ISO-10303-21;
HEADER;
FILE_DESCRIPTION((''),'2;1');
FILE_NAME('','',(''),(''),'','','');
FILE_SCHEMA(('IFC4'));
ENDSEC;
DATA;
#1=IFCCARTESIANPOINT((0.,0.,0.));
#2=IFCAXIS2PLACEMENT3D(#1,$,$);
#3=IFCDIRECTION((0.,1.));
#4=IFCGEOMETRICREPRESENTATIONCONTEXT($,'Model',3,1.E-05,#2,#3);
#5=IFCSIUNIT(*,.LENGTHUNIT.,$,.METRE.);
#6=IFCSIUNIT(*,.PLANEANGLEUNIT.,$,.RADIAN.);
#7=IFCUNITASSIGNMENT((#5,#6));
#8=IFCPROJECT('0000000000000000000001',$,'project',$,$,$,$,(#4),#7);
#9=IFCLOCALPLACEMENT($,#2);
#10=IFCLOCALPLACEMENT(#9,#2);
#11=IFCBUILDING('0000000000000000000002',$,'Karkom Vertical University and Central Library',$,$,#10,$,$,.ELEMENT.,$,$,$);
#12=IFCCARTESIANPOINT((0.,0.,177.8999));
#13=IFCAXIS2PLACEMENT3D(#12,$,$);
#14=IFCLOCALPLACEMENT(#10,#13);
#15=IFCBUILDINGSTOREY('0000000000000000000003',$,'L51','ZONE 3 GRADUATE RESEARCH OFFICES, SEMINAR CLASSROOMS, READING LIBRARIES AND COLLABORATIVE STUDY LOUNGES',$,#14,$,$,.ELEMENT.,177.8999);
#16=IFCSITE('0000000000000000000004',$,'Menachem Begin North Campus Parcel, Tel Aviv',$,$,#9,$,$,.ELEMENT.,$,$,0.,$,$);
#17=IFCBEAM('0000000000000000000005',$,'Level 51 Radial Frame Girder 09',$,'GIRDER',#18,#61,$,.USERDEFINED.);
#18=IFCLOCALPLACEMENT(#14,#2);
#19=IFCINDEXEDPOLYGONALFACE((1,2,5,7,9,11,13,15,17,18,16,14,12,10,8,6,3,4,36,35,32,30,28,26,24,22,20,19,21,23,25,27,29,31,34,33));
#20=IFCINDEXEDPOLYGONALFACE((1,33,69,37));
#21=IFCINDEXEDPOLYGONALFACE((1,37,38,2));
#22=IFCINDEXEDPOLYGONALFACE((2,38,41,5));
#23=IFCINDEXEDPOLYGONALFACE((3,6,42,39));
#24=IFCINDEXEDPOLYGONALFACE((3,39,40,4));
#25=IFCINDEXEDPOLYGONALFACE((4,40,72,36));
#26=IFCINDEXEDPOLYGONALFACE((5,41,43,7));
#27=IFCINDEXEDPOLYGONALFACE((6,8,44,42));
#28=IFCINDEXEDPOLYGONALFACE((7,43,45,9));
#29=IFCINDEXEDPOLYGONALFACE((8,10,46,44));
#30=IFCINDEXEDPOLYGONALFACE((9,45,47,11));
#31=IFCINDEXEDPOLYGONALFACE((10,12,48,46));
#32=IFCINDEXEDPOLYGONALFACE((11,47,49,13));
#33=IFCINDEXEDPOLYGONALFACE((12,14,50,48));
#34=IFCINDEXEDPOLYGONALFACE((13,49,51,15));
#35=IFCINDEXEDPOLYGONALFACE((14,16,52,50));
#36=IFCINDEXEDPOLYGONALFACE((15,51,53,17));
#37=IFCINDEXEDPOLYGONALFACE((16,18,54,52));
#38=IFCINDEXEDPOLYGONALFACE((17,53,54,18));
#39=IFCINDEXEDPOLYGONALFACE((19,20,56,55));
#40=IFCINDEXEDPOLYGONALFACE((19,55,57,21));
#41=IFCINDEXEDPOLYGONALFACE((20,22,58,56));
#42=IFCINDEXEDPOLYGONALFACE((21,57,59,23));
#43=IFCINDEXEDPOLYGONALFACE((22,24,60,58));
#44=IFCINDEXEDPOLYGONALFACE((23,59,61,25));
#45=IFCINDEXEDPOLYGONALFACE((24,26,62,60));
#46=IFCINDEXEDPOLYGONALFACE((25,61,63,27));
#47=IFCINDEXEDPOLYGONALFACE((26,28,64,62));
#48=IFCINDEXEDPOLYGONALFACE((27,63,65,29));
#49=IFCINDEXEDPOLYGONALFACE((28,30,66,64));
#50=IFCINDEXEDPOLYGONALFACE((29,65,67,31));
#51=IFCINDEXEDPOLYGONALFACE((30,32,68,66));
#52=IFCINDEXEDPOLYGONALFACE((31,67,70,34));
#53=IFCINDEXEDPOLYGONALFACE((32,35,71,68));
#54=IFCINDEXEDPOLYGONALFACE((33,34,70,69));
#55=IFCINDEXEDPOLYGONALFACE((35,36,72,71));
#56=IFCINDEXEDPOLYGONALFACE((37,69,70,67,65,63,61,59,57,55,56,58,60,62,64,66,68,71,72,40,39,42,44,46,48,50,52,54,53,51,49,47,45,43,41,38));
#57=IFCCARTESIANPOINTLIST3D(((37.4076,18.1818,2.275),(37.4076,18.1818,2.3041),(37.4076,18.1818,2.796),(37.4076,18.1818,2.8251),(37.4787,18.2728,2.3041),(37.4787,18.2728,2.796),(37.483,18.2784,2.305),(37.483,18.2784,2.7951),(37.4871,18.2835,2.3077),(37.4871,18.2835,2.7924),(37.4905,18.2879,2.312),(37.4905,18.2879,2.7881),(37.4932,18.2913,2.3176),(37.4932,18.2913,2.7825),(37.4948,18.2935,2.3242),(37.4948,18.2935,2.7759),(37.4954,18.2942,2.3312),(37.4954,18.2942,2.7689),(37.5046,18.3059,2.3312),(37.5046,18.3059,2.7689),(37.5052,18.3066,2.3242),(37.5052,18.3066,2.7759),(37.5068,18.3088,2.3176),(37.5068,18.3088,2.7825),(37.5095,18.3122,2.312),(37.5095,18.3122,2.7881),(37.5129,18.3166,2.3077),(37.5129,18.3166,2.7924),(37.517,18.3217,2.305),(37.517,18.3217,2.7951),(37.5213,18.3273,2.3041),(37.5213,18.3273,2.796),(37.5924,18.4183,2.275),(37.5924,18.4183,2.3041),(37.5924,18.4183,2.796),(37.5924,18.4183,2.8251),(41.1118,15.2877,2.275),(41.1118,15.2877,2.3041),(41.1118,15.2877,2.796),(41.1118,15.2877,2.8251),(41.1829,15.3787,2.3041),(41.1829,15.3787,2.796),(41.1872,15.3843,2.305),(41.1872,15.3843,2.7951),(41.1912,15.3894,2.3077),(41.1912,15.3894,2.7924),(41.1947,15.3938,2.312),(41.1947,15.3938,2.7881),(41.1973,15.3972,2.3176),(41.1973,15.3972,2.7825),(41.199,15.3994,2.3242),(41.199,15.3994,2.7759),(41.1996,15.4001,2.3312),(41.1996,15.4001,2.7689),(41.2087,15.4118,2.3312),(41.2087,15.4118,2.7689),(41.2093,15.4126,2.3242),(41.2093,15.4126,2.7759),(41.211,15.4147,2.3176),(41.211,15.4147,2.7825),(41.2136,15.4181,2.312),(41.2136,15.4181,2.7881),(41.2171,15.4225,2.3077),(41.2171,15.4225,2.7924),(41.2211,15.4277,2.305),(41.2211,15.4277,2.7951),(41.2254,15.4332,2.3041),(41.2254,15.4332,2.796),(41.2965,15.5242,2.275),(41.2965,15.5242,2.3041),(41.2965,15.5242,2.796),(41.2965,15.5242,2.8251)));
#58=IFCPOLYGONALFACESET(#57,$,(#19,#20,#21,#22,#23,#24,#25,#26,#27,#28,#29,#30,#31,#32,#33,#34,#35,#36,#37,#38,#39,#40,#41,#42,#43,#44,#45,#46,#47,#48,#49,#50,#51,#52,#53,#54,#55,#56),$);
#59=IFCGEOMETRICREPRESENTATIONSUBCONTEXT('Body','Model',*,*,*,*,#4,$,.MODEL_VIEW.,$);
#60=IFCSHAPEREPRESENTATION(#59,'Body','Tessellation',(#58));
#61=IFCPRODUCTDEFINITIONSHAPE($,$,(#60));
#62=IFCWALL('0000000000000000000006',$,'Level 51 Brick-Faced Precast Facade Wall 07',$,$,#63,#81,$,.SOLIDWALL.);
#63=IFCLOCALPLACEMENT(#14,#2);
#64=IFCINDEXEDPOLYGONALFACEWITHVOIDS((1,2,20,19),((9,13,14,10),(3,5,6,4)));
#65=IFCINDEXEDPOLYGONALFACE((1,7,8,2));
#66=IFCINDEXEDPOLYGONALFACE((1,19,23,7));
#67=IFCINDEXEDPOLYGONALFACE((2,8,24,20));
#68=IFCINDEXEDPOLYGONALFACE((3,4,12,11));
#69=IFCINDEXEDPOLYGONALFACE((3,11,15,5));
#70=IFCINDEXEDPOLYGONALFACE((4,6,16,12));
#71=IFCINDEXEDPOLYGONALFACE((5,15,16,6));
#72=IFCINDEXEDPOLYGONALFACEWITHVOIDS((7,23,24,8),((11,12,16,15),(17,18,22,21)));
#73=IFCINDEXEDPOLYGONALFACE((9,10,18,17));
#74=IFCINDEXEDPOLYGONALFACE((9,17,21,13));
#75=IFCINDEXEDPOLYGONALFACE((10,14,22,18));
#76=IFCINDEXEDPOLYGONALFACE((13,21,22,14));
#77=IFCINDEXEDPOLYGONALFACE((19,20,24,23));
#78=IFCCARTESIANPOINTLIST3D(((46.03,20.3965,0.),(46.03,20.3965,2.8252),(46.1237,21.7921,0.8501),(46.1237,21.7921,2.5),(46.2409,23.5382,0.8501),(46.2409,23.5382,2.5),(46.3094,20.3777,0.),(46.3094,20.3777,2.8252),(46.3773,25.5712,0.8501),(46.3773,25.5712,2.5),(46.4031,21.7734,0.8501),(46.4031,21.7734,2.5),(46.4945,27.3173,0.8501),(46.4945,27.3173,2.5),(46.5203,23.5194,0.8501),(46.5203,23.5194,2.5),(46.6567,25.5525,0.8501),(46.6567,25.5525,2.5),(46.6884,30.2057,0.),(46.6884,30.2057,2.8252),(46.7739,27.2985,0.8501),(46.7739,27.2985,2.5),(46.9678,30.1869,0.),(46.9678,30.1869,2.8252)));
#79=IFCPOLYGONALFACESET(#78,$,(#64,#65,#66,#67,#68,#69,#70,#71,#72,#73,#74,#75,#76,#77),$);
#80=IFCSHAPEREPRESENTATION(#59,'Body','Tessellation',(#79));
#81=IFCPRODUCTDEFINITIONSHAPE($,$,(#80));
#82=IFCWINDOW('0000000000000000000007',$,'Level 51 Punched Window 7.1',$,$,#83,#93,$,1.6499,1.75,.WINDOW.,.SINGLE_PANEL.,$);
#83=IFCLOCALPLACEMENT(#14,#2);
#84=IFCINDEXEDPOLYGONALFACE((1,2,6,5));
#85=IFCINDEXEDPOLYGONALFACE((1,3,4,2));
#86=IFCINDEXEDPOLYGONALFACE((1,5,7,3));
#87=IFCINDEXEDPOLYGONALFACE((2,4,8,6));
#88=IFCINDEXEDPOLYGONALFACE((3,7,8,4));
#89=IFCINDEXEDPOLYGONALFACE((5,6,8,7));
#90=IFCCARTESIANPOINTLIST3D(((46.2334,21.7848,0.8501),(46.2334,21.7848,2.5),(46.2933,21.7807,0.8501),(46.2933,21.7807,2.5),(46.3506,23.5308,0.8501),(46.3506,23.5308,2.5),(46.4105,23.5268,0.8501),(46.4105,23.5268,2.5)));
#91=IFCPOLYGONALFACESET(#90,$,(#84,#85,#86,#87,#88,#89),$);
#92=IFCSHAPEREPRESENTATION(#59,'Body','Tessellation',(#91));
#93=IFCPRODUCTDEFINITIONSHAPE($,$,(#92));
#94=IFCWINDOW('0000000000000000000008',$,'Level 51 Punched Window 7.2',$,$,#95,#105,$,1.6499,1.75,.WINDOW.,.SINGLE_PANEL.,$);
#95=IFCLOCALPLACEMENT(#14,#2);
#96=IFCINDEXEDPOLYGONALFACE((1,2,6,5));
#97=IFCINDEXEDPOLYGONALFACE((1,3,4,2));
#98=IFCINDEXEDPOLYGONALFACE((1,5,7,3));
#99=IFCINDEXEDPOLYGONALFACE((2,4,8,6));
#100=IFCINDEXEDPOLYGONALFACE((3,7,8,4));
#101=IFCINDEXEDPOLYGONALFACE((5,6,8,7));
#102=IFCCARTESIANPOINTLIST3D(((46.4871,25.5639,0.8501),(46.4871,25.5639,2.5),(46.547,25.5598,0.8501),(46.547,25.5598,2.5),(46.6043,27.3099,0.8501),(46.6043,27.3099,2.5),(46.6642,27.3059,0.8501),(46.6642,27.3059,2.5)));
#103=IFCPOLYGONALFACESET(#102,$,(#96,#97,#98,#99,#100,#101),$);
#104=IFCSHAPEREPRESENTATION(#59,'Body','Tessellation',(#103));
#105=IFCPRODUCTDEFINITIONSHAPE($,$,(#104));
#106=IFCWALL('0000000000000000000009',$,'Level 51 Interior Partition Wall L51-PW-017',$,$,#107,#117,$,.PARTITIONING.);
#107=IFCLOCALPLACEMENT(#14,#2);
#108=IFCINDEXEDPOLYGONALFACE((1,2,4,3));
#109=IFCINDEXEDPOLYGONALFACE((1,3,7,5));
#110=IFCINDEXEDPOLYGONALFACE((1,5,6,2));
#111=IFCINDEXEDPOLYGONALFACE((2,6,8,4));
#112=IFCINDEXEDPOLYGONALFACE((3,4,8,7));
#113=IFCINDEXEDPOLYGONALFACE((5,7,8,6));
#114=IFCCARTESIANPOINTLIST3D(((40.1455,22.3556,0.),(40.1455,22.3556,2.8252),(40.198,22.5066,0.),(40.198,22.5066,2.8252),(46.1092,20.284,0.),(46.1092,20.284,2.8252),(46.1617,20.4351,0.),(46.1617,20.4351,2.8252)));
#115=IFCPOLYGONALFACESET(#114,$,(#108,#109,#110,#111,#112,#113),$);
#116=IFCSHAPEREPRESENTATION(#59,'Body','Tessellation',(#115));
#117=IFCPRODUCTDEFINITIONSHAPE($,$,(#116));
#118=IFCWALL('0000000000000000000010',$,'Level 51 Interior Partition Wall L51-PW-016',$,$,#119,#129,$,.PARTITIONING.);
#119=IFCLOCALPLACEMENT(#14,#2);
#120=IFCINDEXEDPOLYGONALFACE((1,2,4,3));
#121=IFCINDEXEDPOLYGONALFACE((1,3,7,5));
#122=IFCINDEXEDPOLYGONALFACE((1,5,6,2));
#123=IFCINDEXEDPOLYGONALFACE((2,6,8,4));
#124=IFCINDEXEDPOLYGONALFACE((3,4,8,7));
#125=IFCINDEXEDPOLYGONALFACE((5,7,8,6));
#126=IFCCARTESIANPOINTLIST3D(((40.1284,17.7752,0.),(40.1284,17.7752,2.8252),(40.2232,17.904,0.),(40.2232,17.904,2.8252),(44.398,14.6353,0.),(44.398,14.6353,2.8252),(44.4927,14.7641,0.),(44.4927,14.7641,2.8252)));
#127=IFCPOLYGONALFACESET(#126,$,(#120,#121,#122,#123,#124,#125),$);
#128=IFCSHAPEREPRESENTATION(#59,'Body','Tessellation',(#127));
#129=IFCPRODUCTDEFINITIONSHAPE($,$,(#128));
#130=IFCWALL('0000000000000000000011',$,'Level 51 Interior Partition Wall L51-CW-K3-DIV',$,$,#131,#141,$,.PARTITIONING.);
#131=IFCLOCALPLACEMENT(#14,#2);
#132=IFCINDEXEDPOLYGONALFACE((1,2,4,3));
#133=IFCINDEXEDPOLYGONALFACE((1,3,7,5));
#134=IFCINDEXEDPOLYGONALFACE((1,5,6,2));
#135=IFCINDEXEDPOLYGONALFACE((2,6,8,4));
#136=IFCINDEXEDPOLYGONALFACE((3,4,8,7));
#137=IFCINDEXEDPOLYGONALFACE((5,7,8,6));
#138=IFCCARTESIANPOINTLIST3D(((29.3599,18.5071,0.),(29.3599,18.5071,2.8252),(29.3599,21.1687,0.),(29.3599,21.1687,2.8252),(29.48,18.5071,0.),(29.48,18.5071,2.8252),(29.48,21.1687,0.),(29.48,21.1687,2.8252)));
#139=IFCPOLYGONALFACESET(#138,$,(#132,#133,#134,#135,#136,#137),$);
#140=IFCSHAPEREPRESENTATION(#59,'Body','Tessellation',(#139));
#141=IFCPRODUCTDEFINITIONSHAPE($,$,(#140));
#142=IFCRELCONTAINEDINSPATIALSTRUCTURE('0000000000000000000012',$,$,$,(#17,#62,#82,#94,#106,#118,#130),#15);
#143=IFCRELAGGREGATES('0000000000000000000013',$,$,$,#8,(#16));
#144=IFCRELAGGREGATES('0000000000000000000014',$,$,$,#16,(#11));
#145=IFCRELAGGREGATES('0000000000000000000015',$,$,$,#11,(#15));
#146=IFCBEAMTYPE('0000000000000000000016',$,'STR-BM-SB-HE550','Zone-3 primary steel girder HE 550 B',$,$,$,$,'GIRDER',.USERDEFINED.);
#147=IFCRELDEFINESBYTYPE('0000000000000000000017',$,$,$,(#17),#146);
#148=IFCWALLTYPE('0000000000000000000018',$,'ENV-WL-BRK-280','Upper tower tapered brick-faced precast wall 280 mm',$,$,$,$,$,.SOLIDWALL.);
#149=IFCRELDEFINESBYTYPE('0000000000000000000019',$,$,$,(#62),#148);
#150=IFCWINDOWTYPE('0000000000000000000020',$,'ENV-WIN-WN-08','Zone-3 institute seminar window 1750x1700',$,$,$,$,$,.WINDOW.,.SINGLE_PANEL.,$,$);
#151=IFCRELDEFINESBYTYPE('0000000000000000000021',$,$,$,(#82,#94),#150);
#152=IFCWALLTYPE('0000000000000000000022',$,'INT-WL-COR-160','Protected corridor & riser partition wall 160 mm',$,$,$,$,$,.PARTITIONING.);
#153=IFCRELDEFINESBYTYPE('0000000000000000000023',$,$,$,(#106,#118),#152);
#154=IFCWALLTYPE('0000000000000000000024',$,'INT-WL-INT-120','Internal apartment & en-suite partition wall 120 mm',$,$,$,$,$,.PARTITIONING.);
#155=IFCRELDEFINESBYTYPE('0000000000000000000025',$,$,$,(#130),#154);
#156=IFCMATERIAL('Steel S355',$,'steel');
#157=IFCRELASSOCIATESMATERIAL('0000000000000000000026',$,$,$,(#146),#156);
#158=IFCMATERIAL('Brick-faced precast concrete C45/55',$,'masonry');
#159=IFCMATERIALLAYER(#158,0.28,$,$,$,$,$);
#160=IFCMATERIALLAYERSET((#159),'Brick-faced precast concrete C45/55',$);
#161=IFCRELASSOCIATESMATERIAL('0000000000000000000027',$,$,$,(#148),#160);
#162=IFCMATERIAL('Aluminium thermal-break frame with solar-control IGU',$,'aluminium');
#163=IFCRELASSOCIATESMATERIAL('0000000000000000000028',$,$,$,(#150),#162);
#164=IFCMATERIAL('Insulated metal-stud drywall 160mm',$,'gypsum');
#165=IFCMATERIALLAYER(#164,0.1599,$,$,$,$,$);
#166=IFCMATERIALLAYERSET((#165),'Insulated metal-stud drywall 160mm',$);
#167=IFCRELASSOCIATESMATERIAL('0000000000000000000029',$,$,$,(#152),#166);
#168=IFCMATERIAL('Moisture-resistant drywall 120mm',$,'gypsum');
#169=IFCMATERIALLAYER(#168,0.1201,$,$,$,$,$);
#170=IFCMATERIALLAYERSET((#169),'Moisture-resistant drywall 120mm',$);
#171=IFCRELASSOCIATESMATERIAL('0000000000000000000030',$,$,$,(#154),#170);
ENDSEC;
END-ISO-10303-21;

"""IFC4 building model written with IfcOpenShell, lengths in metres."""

from ifc_helpers import new_model, si_unit, direction, frame, frame_2d, origin, origin_with_axes, origin_2d, place, context, subcontext, project, spatial, rectangle, i_section, extrude, source, transform, mapped, material, layer, layer_set, material_profile, profile_set, type_object, element, fill, save


model = new_model("IFC4")

# Units and contexts
model_context = context("Model", 3, precision=1e-05, world=origin(), true_north=direction((0.0, 1.0)))
body_context = subcontext(model_context, "Body", "Model", "MODEL_VIEW")
ifc_project = project(units=[si_unit("LENGTHUNIT", "METRE"), si_unit("PLANEANGLEUNIT", "RADIAN")], contexts=[model_context])

# Site, building, storey
site_placement = place(None, origin())
site = spatial("IfcSite", under=ifc_project, at=site_placement, Name="Menachem Begin North Campus Parcel, Tel Aviv", CompositionType="ELEMENT", RefElevation=0.0)
building_placement = place(site_placement, origin())
building = spatial("IfcBuilding", under=site, at=building_placement, Name="Karkom Vertical University and Central Library", CompositionType="ELEMENT")
storey_placement = place(building_placement, frame((0.0, 0.0, 177.8999)))
storey = spatial("IfcBuildingStorey", under=building, at=storey_placement, Name="L51", Description="ZONE 3 GRADUATE RESEARCH OFFICES, SEMINAR CLASSROOMS, READING LIBRARIES AND COLLABORATIVE STUDY LOUNGES", CompositionType="ELEMENT", Elevation=177.8999)

# Beam
ifc_material_1 = material(Name="Steel S355", Category="steel")
ifc_material_profile_1 = material_profile(ifc_material_1, i_section(OverallWidth=0.3, OverallDepth=0.55, WebThickness=0.0149, FlangeThickness=0.0291, FilletRadius=0.0271, at=origin_2d()), Name="HE 550 B")
ifc_profile_set_1 = profile_set([ifc_material_profile_1], Name="Steel S355")
beam_type_1 = type_object("IfcBeamType", Name="STR-BM-SB-HE550", Description="Zone-3 primary steel girder HE 550 B", ElementType="GIRDER", PredefinedType="USERDEFINED", material=ifc_profile_set_1)
shared_shape_1 = source(origin_with_axes(), body_context, "Body", "SweptSolid", [
    extrude(i_section(OverallWidth=0.3, OverallDepth=0.55, WebThickness=0.0149, FlangeThickness=0.0291, FilletRadius=0.0271, at=origin_2d()), origin(), (0.0, 0.0, 1.0), 4.7007),
])
beam_1_placement = place(storey_placement, frame((37.5, 18.3, 2.55), z_axis=(0.788002, -0.615672, 0.0), x_axis=(0.615672, 0.788002, 0.0)))
element("IfcBeam", 1, at=beam_1_placement, inside=storey, type_object=beam_type_1, Name="Level 51 Radial Frame Girder 09", ObjectType="GIRDER", PredefinedType="USERDEFINED", context=body_context, shape_type="MappedRepresentation", body=[
    mapped(shared_shape_1, transform((0.0, 0.0, 0.0), scale=1.0)),
])

# Wall, openings, windows
ifc_material_2 = material(Name="Brick-faced precast concrete C45/55", Category="masonry")
ifc_layer_1 = layer(ifc_material_2, 0.28)
ifc_layer_set_1 = layer_set([ifc_layer_1], Name="Brick-faced precast concrete C45/55")
wall_type_1 = type_object("IfcWallType", Name="ENV-WL-BRK-280", Description="Upper tower tapered brick-faced precast wall 280 mm", PredefinedType="SOLIDWALL", material=ifc_layer_set_1)
wall_1_placement = place(storey_placement, frame((46.1697, 20.3872, 0.0), z_axis=(0.0, 0.0, 1.0), x_axis=(0.066974, 0.997755, 0.0)))
wall_1 = element("IfcWall", 2, at=wall_1_placement, inside=storey, type_object=wall_type_1, Name="Level 51 Brick-Faced Precast Facade Wall 07", PredefinedType="SOLIDWALL", context=body_context, shape_type="SweptSolid", body=[
    extrude(rectangle(XDim=9.8313, YDim=0.28, at=frame_2d((4.9155, 0.0))), origin(), (0.0, 0.0, 1.0), 2.8252),
])
opening_1_placement = place(wall_1_placement, frame((1.3987, 0.0, 0.8501)))
opening_1 = element("IfcOpeningElement", 3, at=opening_1_placement, cuts=wall_1, PredefinedType="OPENING", context=body_context, shape_type="SweptSolid", body=[
    extrude(rectangle(XDim=1.75, YDim=1.6499, at=frame_2d((0.875, 0.825))), frame((0.0, 0.1499, 0.0), z_axis=(0.0, -1.0, 0.0), x_axis=(1.0, 0.0, 0.0)), (0.0, 0.0, 1.0), 0.3),
])
opening_2_placement = place(wall_1_placement, frame((5.1863, 0.0, 0.8501)))
opening_2 = element("IfcOpeningElement", 4, at=opening_2_placement, cuts=wall_1, PredefinedType="OPENING", context=body_context, shape_type="SweptSolid", body=[
    extrude(rectangle(XDim=1.75, YDim=1.6499, at=frame_2d((0.875, 0.825))), frame((0.0, 0.1499, 0.0), z_axis=(0.0, -1.0, 0.0), x_axis=(1.0, 0.0, 0.0)), (0.0, 0.0, 1.0), 0.3),
])
ifc_material_3 = material(Name="Aluminium thermal-break frame with solar-control IGU", Category="aluminium")
window_type = type_object("IfcWindowType", Name="ENV-WIN-WN-08", Description="Zone-3 institute seminar window 1750x1700", PartitioningType="SINGLE_PANEL", PredefinedType="WINDOW", material=ifc_material_3)
shared_shape_2 = source(origin_with_axes(), body_context, "Body", "SweptSolid", [
    extrude(rectangle(XDim=1.75, YDim=1.6499, at=frame_2d((0.875, 0.825))), frame((0.0, 0.03, 0.0), z_axis=(0.0, -1.0, 0.0), x_axis=(1.0, 0.0, 0.0)), (0.0, 0.0, 1.0), 0.0601),
])
window_1_placement = place(opening_1_placement, origin())
window_1 = element("IfcWindow", 5, at=window_1_placement, inside=storey, type_object=window_type, Name="Level 51 Punched Window 7.1", OverallHeight=1.6499, OverallWidth=1.75, PartitioningType="SINGLE_PANEL", PredefinedType="WINDOW", context=body_context, shape_type="MappedRepresentation", body=[
    mapped(shared_shape_2, transform((0.0, 0.0, 0.0), scale=1.0)),
])
fill(opening_1, window_1)
window_2_placement = place(opening_2_placement, origin())
window_2 = element("IfcWindow", 6, at=window_2_placement, inside=storey, type_object=window_type, Name="Level 51 Punched Window 7.2", OverallHeight=1.6499, OverallWidth=1.75, PartitioningType="SINGLE_PANEL", PredefinedType="WINDOW", context=body_context, shape_type="MappedRepresentation", body=[
    mapped(shared_shape_2, transform((0.0, 0.0, 0.0), scale=1.0)),
])
fill(opening_2, window_2)

# Walls
ifc_material_4 = material(Name="Insulated metal-stud drywall 160mm", Category="gypsum")
ifc_layer_2 = layer(ifc_material_4, 0.1599)
ifc_layer_set_2 = layer_set([ifc_layer_2], Name="Insulated metal-stud drywall 160mm")
wall_type_2 = type_object("IfcWallType", Name="INT-WL-COR-160", Description="Protected corridor & riser partition wall 160 mm", PredefinedType="PARTITIONING", material=ifc_layer_set_2)
wall_2_placement = place(storey_placement, frame((40.1716, 22.4312, 0.0), z_axis=(0.0, 0.0, 1.0), x_axis=(0.944633, -0.328129, 0.0)))
element("IfcWall", 7, at=wall_2_placement, inside=storey, type_object=wall_type_2, Name="Level 51 Interior Partition Wall L51-PW-017", PredefinedType="PARTITIONING", context=body_context, shape_type="SweptSolid", body=[
    extrude(rectangle(XDim=6.3132, YDim=0.1599, at=frame_2d((3.1567, 0.0))), origin(), (0.0, 0.0, 1.0), 2.8252),
])
wall_3_placement = place(storey_placement, frame((40.1758, 17.8396, 0.0), z_axis=(0.0, 0.0, 1.0), x_axis=(0.805603, -0.592456, 0.0)))
element("IfcWall", 8, at=wall_3_placement, inside=storey, type_object=wall_type_2, Name="Level 51 Interior Partition Wall L51-PW-016", PredefinedType="PARTITIONING", context=body_context, shape_type="SweptSolid", body=[
    extrude(rectangle(XDim=5.2998, YDim=0.1599, at=frame_2d((2.6499, 0.0))), origin(), (0.0, 0.0, 1.0), 2.8252),
])
ifc_material_5 = material(Name="Moisture-resistant drywall 120mm", Category="gypsum")
ifc_layer_3 = layer(ifc_material_5, 0.1201)
ifc_layer_set_3 = layer_set([ifc_layer_3], Name="Moisture-resistant drywall 120mm")
wall_type_3 = type_object("IfcWallType", Name="INT-WL-INT-120", Description="Internal apartment & en-suite partition wall 120 mm", PredefinedType="PARTITIONING", material=ifc_layer_set_3)
wall_4_placement = place(storey_placement, frame((29.4199, 18.5071, 0.0), z_axis=(0.0, 0.0, 1.0), x_axis=(0.0, 1.0, 0.0)))
element("IfcWall", 9, at=wall_4_placement, inside=storey, type_object=wall_type_3, Name="Level 51 Interior Partition Wall L51-CW-K3-DIV", PredefinedType="PARTITIONING", context=body_context, shape_type="SweptSolid", body=[
    extrude(rectangle(XDim=2.6616, YDim=0.1201, at=frame_2d((1.3308, 0.0))), origin(), (0.0, 0.0, 1.0), 2.8252),
])

save(model, "model.ifc")
